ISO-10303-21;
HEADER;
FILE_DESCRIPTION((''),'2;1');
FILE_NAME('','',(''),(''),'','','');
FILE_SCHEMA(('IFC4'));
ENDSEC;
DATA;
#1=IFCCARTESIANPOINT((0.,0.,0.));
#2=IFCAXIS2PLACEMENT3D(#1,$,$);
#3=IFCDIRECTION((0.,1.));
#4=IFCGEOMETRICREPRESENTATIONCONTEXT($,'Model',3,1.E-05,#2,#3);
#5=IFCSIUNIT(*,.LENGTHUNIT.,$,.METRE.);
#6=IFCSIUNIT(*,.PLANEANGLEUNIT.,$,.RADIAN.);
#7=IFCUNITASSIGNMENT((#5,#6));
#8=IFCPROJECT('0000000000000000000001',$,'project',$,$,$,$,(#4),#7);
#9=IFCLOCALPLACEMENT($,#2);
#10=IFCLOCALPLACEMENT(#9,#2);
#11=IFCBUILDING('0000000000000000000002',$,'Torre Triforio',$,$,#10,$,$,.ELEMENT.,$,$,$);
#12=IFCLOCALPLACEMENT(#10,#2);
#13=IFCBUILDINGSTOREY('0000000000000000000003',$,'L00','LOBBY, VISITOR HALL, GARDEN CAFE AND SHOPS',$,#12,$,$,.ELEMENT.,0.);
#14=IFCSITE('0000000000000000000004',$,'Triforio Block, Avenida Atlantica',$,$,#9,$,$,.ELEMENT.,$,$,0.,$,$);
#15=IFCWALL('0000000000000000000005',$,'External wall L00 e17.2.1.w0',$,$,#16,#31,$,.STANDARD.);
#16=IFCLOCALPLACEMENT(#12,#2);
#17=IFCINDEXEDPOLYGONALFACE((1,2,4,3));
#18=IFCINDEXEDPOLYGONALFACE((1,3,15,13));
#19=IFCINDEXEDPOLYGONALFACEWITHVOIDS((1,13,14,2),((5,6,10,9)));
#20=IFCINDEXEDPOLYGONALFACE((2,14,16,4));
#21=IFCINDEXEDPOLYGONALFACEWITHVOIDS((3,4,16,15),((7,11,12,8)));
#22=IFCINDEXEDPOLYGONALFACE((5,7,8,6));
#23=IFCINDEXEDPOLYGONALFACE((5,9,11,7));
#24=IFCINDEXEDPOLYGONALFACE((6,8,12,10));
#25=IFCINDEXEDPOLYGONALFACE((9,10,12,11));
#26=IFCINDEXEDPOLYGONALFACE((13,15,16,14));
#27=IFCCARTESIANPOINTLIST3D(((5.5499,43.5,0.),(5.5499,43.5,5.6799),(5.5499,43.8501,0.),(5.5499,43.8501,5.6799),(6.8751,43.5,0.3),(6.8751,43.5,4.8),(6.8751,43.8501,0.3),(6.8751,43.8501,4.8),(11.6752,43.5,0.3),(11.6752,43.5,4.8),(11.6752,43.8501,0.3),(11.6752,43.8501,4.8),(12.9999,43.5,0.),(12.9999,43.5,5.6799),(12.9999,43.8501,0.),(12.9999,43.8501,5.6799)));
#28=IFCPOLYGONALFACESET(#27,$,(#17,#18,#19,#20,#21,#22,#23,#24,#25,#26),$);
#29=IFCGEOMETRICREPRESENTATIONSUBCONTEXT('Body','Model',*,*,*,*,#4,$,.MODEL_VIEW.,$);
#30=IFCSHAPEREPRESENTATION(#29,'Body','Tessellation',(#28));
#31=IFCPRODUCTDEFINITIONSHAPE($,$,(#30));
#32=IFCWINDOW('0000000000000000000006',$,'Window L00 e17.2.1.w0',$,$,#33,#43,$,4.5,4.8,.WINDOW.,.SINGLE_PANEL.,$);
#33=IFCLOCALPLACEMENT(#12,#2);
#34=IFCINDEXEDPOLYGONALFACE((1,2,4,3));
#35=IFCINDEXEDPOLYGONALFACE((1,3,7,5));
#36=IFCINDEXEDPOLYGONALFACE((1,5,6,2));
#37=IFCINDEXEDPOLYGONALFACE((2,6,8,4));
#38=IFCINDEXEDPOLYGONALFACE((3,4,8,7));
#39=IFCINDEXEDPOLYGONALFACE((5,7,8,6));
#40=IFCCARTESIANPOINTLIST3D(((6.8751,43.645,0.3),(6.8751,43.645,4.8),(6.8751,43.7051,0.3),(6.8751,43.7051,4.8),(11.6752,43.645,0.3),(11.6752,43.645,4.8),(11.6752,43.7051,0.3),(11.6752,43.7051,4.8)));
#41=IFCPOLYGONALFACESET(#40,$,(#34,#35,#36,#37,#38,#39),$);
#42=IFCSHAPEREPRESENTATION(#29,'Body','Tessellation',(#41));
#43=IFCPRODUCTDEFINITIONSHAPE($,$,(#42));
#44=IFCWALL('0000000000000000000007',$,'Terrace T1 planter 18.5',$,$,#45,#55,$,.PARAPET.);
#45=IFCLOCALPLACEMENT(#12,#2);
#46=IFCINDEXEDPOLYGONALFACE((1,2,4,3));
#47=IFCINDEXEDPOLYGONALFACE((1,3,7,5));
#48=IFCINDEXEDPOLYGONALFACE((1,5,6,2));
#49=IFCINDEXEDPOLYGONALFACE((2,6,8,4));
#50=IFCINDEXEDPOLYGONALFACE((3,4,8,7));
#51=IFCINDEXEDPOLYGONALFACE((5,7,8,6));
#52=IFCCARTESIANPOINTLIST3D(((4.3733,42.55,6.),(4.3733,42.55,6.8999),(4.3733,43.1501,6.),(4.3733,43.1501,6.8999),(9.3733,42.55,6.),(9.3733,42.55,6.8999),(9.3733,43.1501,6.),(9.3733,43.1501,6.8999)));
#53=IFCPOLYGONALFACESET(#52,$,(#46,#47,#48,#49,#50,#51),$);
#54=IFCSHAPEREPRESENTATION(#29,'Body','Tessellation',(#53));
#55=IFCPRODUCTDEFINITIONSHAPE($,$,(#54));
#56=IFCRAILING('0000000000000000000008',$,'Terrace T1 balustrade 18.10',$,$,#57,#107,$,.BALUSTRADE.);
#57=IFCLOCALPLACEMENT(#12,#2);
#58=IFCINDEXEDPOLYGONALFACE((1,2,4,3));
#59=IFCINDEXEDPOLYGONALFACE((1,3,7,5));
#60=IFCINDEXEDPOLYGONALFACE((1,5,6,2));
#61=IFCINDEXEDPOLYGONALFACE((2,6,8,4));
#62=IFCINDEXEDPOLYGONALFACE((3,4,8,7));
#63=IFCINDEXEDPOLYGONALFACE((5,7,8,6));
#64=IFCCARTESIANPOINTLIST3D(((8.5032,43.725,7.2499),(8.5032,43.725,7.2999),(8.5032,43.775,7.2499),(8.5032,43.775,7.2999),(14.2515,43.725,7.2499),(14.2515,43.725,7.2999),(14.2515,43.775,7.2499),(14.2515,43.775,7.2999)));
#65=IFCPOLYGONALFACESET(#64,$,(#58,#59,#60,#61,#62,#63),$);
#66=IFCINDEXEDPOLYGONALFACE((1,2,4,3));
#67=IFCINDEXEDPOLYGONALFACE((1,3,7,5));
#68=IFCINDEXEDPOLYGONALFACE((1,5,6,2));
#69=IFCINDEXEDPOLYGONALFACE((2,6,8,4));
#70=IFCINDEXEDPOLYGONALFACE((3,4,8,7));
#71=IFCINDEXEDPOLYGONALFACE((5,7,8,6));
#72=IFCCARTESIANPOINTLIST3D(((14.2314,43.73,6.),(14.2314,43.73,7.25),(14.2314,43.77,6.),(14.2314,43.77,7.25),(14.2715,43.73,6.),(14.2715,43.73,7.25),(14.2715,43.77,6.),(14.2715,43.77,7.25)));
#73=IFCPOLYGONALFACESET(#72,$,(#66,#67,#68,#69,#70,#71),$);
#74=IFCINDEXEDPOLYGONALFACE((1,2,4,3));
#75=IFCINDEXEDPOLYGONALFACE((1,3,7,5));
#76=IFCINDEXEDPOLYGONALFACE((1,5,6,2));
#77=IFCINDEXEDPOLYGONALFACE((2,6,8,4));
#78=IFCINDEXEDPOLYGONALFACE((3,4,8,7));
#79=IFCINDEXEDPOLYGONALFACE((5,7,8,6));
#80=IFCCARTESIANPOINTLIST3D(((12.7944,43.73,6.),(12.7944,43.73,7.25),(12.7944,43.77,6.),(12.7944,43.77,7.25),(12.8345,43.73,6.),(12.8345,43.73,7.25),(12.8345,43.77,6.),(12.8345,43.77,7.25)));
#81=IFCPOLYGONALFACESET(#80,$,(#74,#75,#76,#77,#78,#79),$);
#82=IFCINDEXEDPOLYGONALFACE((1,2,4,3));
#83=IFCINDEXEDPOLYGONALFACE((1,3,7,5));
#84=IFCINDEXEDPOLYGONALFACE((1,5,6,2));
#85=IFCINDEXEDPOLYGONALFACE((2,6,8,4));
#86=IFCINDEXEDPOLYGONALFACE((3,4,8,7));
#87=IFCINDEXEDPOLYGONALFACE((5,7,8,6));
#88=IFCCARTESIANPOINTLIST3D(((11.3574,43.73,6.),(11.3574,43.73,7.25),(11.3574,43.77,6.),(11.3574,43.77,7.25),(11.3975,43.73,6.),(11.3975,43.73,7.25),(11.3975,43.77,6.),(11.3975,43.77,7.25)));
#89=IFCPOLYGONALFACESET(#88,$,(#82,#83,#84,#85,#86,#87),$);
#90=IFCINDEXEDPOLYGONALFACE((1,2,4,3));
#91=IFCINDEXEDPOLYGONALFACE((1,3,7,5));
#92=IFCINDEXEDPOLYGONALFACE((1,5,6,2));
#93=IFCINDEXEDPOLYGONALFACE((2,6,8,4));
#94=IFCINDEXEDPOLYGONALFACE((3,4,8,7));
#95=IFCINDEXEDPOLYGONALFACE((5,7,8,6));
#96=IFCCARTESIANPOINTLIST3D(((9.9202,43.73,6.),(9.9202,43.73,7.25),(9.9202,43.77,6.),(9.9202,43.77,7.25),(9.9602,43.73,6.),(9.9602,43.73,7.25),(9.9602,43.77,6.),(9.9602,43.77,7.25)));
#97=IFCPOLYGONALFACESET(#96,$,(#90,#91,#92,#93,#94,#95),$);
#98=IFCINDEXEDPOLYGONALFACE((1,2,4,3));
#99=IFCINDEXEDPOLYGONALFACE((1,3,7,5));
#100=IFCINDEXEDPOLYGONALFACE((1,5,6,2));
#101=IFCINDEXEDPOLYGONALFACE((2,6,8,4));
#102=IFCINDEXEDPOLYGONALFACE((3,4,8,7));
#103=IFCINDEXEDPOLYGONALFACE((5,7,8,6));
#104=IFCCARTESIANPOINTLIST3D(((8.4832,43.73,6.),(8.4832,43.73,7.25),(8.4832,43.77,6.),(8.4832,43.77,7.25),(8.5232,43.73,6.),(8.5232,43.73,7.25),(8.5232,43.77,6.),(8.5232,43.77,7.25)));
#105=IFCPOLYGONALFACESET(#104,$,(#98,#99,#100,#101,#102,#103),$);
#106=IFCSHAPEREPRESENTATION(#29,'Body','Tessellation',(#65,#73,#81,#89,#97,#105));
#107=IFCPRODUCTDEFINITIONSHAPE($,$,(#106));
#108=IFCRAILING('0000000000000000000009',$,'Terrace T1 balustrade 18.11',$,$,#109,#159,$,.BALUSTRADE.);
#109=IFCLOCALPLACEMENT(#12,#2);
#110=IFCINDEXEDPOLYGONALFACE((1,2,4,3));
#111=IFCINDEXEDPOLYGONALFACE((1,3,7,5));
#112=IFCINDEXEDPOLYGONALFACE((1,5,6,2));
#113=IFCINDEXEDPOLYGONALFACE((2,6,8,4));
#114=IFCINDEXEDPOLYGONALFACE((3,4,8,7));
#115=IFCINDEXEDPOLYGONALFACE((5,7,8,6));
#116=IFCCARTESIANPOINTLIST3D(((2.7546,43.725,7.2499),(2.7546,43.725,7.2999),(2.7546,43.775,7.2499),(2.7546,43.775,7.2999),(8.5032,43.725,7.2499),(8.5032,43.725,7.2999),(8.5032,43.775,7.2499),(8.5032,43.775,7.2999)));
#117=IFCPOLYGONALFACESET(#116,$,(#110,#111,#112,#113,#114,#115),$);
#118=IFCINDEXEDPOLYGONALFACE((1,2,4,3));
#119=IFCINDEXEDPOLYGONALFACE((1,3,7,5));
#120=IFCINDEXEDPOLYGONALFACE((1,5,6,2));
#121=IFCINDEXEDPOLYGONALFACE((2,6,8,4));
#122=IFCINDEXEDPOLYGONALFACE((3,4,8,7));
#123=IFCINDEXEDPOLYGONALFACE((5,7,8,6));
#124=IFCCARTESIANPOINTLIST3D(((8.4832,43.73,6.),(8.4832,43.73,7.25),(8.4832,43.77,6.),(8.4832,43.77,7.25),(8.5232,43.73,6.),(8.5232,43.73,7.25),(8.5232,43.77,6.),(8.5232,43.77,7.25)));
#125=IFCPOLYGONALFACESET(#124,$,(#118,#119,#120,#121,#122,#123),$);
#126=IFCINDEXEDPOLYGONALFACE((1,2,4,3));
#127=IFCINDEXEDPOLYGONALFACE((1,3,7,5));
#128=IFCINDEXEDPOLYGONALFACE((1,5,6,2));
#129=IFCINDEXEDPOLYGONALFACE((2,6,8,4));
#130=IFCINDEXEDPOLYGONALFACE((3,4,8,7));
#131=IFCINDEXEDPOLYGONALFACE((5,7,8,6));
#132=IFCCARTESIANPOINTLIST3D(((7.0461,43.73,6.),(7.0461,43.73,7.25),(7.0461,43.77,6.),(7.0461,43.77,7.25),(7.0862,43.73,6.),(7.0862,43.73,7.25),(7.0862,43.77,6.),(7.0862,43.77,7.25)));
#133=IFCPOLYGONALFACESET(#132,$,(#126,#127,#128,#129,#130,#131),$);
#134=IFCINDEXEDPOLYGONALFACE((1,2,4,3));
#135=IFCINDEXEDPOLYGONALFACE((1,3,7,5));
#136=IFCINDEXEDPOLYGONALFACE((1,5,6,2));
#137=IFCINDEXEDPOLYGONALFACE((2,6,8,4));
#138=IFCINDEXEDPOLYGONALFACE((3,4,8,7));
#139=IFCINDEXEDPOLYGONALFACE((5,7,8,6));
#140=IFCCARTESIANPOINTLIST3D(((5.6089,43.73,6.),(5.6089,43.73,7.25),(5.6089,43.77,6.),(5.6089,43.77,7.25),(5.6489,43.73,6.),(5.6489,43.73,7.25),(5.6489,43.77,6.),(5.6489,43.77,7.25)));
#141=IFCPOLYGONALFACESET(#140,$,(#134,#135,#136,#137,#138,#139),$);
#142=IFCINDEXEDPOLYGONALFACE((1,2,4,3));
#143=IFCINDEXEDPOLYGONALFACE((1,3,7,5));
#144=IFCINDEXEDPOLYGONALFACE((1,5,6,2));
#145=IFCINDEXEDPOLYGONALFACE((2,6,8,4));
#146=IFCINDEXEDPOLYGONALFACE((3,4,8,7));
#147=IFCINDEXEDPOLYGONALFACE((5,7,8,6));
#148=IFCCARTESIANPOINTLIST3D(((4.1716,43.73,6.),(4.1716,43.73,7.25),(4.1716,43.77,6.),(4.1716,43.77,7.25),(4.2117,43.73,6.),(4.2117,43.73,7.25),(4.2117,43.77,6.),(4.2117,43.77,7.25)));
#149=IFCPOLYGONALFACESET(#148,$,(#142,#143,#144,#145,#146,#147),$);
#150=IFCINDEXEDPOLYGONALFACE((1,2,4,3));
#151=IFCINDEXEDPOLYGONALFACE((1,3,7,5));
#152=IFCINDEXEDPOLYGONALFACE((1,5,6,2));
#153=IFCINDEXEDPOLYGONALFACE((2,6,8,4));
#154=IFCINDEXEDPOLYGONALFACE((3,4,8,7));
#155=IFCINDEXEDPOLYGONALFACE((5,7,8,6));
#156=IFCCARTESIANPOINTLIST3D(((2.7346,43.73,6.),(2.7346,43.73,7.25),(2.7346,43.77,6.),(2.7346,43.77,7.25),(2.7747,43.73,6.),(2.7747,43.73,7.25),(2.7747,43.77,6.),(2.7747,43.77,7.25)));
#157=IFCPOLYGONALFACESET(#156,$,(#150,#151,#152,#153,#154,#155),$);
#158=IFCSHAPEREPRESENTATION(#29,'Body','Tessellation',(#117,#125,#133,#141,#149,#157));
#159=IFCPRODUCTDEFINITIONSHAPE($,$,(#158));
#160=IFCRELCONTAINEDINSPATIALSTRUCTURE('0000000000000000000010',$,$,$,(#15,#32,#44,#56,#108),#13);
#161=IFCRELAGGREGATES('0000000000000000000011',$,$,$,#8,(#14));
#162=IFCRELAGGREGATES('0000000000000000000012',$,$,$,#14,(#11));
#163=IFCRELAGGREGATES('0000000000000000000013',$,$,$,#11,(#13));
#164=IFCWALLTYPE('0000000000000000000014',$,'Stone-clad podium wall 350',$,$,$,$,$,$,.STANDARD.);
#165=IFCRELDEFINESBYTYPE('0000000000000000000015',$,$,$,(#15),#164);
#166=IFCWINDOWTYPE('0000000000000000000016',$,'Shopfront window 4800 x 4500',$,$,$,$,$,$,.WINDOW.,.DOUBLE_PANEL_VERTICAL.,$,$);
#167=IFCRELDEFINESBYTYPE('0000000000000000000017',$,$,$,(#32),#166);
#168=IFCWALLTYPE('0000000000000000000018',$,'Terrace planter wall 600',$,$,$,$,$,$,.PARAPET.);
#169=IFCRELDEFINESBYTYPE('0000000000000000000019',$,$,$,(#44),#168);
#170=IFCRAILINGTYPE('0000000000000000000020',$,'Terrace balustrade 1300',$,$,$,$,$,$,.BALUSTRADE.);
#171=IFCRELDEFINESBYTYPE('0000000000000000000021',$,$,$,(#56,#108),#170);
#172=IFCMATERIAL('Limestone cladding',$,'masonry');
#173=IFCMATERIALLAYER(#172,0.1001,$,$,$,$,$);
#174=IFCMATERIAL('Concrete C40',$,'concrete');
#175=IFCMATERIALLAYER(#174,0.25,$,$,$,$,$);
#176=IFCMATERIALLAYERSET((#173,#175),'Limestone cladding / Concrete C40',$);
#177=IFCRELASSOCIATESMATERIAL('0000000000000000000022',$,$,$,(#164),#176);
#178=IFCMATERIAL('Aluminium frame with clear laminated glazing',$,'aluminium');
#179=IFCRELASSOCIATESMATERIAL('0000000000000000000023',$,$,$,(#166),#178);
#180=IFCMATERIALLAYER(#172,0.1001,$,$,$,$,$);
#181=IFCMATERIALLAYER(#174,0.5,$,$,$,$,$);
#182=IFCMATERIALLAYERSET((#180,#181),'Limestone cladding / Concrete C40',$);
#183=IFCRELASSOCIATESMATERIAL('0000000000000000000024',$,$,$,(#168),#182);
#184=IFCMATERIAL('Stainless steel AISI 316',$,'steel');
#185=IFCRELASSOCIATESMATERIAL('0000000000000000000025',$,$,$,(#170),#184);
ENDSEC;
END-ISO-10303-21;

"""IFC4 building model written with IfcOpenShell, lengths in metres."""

from ifc_helpers import new_model, si_unit, direction, frame, frame_2d, origin, origin_2d, place, context, subcontext, project, spatial, rectangle, extrude, material, layer, layer_set, type_object, element, fill, save


model = new_model("IFC4")

# Units and contexts
model_context = context("Model", 3, precision=1e-05, world=origin(), true_north=direction((0.0, 1.0)))
body_context = subcontext(model_context, "Body", "Model", "MODEL_VIEW")
ifc_project = project(units=[si_unit("LENGTHUNIT", "METRE"), si_unit("PLANEANGLEUNIT", "RADIAN")], contexts=[model_context])

# Site, building, storey
site_placement = place(None, origin())
site = spatial("IfcSite", under=ifc_project, at=site_placement, Name="Triforio Block, Avenida Atlantica", CompositionType="ELEMENT", RefElevation=0.0)
building_placement = place(site_placement, origin())
building = spatial("IfcBuilding", under=site, at=building_placement, Name="Torre Triforio", CompositionType="ELEMENT")
storey_placement = place(building_placement, origin())
storey = spatial("IfcBuildingStorey", under=building, at=storey_placement, Name="L00", Description="LOBBY, VISITOR HALL, GARDEN CAFE AND SHOPS", CompositionType="ELEMENT", Elevation=0.0)

# Shared definitions
ifc_material_1 = material(Name="Limestone cladding", Category="masonry")
ifc_layer_1 = layer(ifc_material_1, 0.1001)
ifc_material_2 = material(Name="Concrete C40", Category="concrete")
ifc_layer_2 = layer(ifc_material_2, 0.25)
ifc_layer_set_1 = layer_set([ifc_layer_1, ifc_layer_2], Name="Limestone cladding / Concrete C40")
wall_type_1 = type_object("IfcWallType", Name="Stone-clad podium wall 350", PredefinedType="STANDARD", material=ifc_layer_set_1)

# Wall, opening, window
wall_1_placement = place(storey_placement, frame((13.0, 43.675, 0.0), z_axis=(0.0, 0.0, 1.0), x_axis=(-1.0, 0.0, 0.0)))
wall_1 = element("IfcWall", 1, at=wall_1_placement, inside=storey, type_object=wall_type_1, Name="External wall L00 e17.2.1.w0", PredefinedType="STANDARD", context=body_context, shape_type="SweptSolid", body=[
    extrude(rectangle(XDim=7.45, YDim=0.3501, at=frame_2d((3.7251, 0.0))), origin(), (0.0, 0.0, 1.0), 5.6799),
])
opening_placement = place(wall_1_placement, frame((1.325, 0.0, 0.3)))
opening = element("IfcOpeningElement", 2, at=opening_placement, cuts=wall_1, PredefinedType="OPENING", context=body_context, shape_type="SweptSolid", body=[
    extrude(rectangle(XDim=4.8, YDim=4.5, at=frame_2d((2.3999, 2.25))), frame((0.0, 0.1851, 0.0), z_axis=(0.0, -1.0, 0.0), x_axis=(1.0, 0.0, 0.0)), (0.0, 0.0, 1.0), 0.3701),
])
ifc_material_3 = material(Name="Aluminium frame with clear laminated glazing", Category="aluminium")
window_type = type_object("IfcWindowType", Name="Shopfront window 4800 x 4500", PartitioningType="DOUBLE_PANEL_VERTICAL", PredefinedType="WINDOW", material=ifc_material_3)
window_placement = place(opening_placement, origin())
window = element("IfcWindow", 3, at=window_placement, inside=storey, type_object=window_type, Name="Window L00 e17.2.1.w0", OverallHeight=4.5, OverallWidth=4.8, PartitioningType="SINGLE_PANEL", PredefinedType="WINDOW", context=body_context, shape_type="SweptSolid", body=[
    extrude(rectangle(XDim=4.8, YDim=4.5, at=frame_2d((2.3999, 2.25))), frame((0.0, 0.03, 0.0), z_axis=(0.0, -1.0, 0.0), x_axis=(1.0, 0.0, 0.0)), (0.0, 0.0, 1.0), 0.0601),
])
fill(opening, window)

# Wall
ifc_layer_3 = layer(ifc_material_1, 0.1001)
ifc_layer_4 = layer(ifc_material_2, 0.5)
ifc_layer_set_2 = layer_set([ifc_layer_3, ifc_layer_4], Name="Limestone cladding / Concrete C40")
wall_type_2 = type_object("IfcWallType", Name="Terrace planter wall 600", PredefinedType="PARAPET", material=ifc_layer_set_2)
wall_2_placement = place(storey_placement, frame((9.3733, 42.8501, 6.0), z_axis=(0.0, 0.0, 1.0), x_axis=(-1.0, 0.0, 0.0)))
element("IfcWall", 4, at=wall_2_placement, inside=storey, type_object=wall_type_2, Name="Terrace T1 planter 18.5", PredefinedType="PARAPET", context=body_context, shape_type="SweptSolid", body=[
    extrude(rectangle(XDim=5.0, YDim=0.6001, at=frame_2d((2.5, 0.0))), origin(), (0.0, 0.0, 1.0), 0.8999),
])

# Railings
ifc_material_4 = material(Name="Stainless steel AISI 316", Category="steel")
railing_type = type_object("IfcRailingType", Name="Terrace balustrade 1300", PredefinedType="BALUSTRADE", material=ifc_material_4)
railing_1_placement = place(storey_placement, frame((14.2515, 43.75, 6.0)))
element("IfcRailing", 5, at=railing_1_placement, inside=storey, type_object=railing_type, Name="Terrace T1 balustrade 18.10", PredefinedType="BALUSTRADE", context=body_context, shape_type="SweptSolid", body=[
    extrude(rectangle(XDim=0.05, YDim=0.05, at=origin_2d()), frame((0.0, 0.0, 1.2749), z_axis=(-1.0, 0.0, 0.0), x_axis=(0.0, -1.0, 0.0)), (0.0, 0.0, 1.0), 5.7483),
    extrude(rectangle(XDim=0.04, YDim=0.04, at=origin_2d()), origin(), (0.0, 0.0, 1.0), 1.25),
    extrude(rectangle(XDim=0.04, YDim=0.04, at=origin_2d()), frame((-1.437, 0.0, 0.0)), (0.0, 0.0, 1.0), 1.25),
    extrude(rectangle(XDim=0.04, YDim=0.04, at=origin_2d()), frame((-2.874, 0.0, 0.0)), (0.0, 0.0, 1.0), 1.25),
    extrude(rectangle(XDim=0.04, YDim=0.04, at=origin_2d()), frame((-4.3113, 0.0, 0.0)), (0.0, 0.0, 1.0), 1.25),
    extrude(rectangle(XDim=0.04, YDim=0.04, at=origin_2d()), frame((-5.7483, 0.0, 0.0)), (0.0, 0.0, 1.0), 1.25),
])
railing_2_placement = place(storey_placement, frame((8.5032, 43.75, 6.0)))
element("IfcRailing", 6, at=railing_2_placement, inside=storey, type_object=railing_type, Name="Terrace T1 balustrade 18.11", PredefinedType="BALUSTRADE", context=body_context, shape_type="SweptSolid", body=[
    extrude(rectangle(XDim=0.05, YDim=0.05, at=origin_2d()), frame((0.0, 0.0, 1.2749), z_axis=(-1.0, 0.0, 0.0), x_axis=(0.0, -1.0, 0.0)), (0.0, 0.0, 1.0), 5.7485),
    extrude(rectangle(XDim=0.04, YDim=0.04, at=origin_2d()), origin(), (0.0, 0.0, 1.0), 1.25),
    extrude(rectangle(XDim=0.04, YDim=0.04, at=origin_2d()), frame((-1.437, 0.0, 0.0)), (0.0, 0.0, 1.0), 1.25),
    extrude(rectangle(XDim=0.04, YDim=0.04, at=origin_2d()), frame((-2.8743, 0.0, 0.0)), (0.0, 0.0, 1.0), 1.25),
    extrude(rectangle(XDim=0.04, YDim=0.04, at=origin_2d()), frame((-4.3115, 0.0, 0.0)), (0.0, 0.0, 1.0), 1.25),
    extrude(rectangle(XDim=0.04, YDim=0.04, at=origin_2d()), frame((-5.7485, 0.0, 0.0)), (0.0, 0.0, 1.0), 1.25),
])

save(model, "model.ifc")
